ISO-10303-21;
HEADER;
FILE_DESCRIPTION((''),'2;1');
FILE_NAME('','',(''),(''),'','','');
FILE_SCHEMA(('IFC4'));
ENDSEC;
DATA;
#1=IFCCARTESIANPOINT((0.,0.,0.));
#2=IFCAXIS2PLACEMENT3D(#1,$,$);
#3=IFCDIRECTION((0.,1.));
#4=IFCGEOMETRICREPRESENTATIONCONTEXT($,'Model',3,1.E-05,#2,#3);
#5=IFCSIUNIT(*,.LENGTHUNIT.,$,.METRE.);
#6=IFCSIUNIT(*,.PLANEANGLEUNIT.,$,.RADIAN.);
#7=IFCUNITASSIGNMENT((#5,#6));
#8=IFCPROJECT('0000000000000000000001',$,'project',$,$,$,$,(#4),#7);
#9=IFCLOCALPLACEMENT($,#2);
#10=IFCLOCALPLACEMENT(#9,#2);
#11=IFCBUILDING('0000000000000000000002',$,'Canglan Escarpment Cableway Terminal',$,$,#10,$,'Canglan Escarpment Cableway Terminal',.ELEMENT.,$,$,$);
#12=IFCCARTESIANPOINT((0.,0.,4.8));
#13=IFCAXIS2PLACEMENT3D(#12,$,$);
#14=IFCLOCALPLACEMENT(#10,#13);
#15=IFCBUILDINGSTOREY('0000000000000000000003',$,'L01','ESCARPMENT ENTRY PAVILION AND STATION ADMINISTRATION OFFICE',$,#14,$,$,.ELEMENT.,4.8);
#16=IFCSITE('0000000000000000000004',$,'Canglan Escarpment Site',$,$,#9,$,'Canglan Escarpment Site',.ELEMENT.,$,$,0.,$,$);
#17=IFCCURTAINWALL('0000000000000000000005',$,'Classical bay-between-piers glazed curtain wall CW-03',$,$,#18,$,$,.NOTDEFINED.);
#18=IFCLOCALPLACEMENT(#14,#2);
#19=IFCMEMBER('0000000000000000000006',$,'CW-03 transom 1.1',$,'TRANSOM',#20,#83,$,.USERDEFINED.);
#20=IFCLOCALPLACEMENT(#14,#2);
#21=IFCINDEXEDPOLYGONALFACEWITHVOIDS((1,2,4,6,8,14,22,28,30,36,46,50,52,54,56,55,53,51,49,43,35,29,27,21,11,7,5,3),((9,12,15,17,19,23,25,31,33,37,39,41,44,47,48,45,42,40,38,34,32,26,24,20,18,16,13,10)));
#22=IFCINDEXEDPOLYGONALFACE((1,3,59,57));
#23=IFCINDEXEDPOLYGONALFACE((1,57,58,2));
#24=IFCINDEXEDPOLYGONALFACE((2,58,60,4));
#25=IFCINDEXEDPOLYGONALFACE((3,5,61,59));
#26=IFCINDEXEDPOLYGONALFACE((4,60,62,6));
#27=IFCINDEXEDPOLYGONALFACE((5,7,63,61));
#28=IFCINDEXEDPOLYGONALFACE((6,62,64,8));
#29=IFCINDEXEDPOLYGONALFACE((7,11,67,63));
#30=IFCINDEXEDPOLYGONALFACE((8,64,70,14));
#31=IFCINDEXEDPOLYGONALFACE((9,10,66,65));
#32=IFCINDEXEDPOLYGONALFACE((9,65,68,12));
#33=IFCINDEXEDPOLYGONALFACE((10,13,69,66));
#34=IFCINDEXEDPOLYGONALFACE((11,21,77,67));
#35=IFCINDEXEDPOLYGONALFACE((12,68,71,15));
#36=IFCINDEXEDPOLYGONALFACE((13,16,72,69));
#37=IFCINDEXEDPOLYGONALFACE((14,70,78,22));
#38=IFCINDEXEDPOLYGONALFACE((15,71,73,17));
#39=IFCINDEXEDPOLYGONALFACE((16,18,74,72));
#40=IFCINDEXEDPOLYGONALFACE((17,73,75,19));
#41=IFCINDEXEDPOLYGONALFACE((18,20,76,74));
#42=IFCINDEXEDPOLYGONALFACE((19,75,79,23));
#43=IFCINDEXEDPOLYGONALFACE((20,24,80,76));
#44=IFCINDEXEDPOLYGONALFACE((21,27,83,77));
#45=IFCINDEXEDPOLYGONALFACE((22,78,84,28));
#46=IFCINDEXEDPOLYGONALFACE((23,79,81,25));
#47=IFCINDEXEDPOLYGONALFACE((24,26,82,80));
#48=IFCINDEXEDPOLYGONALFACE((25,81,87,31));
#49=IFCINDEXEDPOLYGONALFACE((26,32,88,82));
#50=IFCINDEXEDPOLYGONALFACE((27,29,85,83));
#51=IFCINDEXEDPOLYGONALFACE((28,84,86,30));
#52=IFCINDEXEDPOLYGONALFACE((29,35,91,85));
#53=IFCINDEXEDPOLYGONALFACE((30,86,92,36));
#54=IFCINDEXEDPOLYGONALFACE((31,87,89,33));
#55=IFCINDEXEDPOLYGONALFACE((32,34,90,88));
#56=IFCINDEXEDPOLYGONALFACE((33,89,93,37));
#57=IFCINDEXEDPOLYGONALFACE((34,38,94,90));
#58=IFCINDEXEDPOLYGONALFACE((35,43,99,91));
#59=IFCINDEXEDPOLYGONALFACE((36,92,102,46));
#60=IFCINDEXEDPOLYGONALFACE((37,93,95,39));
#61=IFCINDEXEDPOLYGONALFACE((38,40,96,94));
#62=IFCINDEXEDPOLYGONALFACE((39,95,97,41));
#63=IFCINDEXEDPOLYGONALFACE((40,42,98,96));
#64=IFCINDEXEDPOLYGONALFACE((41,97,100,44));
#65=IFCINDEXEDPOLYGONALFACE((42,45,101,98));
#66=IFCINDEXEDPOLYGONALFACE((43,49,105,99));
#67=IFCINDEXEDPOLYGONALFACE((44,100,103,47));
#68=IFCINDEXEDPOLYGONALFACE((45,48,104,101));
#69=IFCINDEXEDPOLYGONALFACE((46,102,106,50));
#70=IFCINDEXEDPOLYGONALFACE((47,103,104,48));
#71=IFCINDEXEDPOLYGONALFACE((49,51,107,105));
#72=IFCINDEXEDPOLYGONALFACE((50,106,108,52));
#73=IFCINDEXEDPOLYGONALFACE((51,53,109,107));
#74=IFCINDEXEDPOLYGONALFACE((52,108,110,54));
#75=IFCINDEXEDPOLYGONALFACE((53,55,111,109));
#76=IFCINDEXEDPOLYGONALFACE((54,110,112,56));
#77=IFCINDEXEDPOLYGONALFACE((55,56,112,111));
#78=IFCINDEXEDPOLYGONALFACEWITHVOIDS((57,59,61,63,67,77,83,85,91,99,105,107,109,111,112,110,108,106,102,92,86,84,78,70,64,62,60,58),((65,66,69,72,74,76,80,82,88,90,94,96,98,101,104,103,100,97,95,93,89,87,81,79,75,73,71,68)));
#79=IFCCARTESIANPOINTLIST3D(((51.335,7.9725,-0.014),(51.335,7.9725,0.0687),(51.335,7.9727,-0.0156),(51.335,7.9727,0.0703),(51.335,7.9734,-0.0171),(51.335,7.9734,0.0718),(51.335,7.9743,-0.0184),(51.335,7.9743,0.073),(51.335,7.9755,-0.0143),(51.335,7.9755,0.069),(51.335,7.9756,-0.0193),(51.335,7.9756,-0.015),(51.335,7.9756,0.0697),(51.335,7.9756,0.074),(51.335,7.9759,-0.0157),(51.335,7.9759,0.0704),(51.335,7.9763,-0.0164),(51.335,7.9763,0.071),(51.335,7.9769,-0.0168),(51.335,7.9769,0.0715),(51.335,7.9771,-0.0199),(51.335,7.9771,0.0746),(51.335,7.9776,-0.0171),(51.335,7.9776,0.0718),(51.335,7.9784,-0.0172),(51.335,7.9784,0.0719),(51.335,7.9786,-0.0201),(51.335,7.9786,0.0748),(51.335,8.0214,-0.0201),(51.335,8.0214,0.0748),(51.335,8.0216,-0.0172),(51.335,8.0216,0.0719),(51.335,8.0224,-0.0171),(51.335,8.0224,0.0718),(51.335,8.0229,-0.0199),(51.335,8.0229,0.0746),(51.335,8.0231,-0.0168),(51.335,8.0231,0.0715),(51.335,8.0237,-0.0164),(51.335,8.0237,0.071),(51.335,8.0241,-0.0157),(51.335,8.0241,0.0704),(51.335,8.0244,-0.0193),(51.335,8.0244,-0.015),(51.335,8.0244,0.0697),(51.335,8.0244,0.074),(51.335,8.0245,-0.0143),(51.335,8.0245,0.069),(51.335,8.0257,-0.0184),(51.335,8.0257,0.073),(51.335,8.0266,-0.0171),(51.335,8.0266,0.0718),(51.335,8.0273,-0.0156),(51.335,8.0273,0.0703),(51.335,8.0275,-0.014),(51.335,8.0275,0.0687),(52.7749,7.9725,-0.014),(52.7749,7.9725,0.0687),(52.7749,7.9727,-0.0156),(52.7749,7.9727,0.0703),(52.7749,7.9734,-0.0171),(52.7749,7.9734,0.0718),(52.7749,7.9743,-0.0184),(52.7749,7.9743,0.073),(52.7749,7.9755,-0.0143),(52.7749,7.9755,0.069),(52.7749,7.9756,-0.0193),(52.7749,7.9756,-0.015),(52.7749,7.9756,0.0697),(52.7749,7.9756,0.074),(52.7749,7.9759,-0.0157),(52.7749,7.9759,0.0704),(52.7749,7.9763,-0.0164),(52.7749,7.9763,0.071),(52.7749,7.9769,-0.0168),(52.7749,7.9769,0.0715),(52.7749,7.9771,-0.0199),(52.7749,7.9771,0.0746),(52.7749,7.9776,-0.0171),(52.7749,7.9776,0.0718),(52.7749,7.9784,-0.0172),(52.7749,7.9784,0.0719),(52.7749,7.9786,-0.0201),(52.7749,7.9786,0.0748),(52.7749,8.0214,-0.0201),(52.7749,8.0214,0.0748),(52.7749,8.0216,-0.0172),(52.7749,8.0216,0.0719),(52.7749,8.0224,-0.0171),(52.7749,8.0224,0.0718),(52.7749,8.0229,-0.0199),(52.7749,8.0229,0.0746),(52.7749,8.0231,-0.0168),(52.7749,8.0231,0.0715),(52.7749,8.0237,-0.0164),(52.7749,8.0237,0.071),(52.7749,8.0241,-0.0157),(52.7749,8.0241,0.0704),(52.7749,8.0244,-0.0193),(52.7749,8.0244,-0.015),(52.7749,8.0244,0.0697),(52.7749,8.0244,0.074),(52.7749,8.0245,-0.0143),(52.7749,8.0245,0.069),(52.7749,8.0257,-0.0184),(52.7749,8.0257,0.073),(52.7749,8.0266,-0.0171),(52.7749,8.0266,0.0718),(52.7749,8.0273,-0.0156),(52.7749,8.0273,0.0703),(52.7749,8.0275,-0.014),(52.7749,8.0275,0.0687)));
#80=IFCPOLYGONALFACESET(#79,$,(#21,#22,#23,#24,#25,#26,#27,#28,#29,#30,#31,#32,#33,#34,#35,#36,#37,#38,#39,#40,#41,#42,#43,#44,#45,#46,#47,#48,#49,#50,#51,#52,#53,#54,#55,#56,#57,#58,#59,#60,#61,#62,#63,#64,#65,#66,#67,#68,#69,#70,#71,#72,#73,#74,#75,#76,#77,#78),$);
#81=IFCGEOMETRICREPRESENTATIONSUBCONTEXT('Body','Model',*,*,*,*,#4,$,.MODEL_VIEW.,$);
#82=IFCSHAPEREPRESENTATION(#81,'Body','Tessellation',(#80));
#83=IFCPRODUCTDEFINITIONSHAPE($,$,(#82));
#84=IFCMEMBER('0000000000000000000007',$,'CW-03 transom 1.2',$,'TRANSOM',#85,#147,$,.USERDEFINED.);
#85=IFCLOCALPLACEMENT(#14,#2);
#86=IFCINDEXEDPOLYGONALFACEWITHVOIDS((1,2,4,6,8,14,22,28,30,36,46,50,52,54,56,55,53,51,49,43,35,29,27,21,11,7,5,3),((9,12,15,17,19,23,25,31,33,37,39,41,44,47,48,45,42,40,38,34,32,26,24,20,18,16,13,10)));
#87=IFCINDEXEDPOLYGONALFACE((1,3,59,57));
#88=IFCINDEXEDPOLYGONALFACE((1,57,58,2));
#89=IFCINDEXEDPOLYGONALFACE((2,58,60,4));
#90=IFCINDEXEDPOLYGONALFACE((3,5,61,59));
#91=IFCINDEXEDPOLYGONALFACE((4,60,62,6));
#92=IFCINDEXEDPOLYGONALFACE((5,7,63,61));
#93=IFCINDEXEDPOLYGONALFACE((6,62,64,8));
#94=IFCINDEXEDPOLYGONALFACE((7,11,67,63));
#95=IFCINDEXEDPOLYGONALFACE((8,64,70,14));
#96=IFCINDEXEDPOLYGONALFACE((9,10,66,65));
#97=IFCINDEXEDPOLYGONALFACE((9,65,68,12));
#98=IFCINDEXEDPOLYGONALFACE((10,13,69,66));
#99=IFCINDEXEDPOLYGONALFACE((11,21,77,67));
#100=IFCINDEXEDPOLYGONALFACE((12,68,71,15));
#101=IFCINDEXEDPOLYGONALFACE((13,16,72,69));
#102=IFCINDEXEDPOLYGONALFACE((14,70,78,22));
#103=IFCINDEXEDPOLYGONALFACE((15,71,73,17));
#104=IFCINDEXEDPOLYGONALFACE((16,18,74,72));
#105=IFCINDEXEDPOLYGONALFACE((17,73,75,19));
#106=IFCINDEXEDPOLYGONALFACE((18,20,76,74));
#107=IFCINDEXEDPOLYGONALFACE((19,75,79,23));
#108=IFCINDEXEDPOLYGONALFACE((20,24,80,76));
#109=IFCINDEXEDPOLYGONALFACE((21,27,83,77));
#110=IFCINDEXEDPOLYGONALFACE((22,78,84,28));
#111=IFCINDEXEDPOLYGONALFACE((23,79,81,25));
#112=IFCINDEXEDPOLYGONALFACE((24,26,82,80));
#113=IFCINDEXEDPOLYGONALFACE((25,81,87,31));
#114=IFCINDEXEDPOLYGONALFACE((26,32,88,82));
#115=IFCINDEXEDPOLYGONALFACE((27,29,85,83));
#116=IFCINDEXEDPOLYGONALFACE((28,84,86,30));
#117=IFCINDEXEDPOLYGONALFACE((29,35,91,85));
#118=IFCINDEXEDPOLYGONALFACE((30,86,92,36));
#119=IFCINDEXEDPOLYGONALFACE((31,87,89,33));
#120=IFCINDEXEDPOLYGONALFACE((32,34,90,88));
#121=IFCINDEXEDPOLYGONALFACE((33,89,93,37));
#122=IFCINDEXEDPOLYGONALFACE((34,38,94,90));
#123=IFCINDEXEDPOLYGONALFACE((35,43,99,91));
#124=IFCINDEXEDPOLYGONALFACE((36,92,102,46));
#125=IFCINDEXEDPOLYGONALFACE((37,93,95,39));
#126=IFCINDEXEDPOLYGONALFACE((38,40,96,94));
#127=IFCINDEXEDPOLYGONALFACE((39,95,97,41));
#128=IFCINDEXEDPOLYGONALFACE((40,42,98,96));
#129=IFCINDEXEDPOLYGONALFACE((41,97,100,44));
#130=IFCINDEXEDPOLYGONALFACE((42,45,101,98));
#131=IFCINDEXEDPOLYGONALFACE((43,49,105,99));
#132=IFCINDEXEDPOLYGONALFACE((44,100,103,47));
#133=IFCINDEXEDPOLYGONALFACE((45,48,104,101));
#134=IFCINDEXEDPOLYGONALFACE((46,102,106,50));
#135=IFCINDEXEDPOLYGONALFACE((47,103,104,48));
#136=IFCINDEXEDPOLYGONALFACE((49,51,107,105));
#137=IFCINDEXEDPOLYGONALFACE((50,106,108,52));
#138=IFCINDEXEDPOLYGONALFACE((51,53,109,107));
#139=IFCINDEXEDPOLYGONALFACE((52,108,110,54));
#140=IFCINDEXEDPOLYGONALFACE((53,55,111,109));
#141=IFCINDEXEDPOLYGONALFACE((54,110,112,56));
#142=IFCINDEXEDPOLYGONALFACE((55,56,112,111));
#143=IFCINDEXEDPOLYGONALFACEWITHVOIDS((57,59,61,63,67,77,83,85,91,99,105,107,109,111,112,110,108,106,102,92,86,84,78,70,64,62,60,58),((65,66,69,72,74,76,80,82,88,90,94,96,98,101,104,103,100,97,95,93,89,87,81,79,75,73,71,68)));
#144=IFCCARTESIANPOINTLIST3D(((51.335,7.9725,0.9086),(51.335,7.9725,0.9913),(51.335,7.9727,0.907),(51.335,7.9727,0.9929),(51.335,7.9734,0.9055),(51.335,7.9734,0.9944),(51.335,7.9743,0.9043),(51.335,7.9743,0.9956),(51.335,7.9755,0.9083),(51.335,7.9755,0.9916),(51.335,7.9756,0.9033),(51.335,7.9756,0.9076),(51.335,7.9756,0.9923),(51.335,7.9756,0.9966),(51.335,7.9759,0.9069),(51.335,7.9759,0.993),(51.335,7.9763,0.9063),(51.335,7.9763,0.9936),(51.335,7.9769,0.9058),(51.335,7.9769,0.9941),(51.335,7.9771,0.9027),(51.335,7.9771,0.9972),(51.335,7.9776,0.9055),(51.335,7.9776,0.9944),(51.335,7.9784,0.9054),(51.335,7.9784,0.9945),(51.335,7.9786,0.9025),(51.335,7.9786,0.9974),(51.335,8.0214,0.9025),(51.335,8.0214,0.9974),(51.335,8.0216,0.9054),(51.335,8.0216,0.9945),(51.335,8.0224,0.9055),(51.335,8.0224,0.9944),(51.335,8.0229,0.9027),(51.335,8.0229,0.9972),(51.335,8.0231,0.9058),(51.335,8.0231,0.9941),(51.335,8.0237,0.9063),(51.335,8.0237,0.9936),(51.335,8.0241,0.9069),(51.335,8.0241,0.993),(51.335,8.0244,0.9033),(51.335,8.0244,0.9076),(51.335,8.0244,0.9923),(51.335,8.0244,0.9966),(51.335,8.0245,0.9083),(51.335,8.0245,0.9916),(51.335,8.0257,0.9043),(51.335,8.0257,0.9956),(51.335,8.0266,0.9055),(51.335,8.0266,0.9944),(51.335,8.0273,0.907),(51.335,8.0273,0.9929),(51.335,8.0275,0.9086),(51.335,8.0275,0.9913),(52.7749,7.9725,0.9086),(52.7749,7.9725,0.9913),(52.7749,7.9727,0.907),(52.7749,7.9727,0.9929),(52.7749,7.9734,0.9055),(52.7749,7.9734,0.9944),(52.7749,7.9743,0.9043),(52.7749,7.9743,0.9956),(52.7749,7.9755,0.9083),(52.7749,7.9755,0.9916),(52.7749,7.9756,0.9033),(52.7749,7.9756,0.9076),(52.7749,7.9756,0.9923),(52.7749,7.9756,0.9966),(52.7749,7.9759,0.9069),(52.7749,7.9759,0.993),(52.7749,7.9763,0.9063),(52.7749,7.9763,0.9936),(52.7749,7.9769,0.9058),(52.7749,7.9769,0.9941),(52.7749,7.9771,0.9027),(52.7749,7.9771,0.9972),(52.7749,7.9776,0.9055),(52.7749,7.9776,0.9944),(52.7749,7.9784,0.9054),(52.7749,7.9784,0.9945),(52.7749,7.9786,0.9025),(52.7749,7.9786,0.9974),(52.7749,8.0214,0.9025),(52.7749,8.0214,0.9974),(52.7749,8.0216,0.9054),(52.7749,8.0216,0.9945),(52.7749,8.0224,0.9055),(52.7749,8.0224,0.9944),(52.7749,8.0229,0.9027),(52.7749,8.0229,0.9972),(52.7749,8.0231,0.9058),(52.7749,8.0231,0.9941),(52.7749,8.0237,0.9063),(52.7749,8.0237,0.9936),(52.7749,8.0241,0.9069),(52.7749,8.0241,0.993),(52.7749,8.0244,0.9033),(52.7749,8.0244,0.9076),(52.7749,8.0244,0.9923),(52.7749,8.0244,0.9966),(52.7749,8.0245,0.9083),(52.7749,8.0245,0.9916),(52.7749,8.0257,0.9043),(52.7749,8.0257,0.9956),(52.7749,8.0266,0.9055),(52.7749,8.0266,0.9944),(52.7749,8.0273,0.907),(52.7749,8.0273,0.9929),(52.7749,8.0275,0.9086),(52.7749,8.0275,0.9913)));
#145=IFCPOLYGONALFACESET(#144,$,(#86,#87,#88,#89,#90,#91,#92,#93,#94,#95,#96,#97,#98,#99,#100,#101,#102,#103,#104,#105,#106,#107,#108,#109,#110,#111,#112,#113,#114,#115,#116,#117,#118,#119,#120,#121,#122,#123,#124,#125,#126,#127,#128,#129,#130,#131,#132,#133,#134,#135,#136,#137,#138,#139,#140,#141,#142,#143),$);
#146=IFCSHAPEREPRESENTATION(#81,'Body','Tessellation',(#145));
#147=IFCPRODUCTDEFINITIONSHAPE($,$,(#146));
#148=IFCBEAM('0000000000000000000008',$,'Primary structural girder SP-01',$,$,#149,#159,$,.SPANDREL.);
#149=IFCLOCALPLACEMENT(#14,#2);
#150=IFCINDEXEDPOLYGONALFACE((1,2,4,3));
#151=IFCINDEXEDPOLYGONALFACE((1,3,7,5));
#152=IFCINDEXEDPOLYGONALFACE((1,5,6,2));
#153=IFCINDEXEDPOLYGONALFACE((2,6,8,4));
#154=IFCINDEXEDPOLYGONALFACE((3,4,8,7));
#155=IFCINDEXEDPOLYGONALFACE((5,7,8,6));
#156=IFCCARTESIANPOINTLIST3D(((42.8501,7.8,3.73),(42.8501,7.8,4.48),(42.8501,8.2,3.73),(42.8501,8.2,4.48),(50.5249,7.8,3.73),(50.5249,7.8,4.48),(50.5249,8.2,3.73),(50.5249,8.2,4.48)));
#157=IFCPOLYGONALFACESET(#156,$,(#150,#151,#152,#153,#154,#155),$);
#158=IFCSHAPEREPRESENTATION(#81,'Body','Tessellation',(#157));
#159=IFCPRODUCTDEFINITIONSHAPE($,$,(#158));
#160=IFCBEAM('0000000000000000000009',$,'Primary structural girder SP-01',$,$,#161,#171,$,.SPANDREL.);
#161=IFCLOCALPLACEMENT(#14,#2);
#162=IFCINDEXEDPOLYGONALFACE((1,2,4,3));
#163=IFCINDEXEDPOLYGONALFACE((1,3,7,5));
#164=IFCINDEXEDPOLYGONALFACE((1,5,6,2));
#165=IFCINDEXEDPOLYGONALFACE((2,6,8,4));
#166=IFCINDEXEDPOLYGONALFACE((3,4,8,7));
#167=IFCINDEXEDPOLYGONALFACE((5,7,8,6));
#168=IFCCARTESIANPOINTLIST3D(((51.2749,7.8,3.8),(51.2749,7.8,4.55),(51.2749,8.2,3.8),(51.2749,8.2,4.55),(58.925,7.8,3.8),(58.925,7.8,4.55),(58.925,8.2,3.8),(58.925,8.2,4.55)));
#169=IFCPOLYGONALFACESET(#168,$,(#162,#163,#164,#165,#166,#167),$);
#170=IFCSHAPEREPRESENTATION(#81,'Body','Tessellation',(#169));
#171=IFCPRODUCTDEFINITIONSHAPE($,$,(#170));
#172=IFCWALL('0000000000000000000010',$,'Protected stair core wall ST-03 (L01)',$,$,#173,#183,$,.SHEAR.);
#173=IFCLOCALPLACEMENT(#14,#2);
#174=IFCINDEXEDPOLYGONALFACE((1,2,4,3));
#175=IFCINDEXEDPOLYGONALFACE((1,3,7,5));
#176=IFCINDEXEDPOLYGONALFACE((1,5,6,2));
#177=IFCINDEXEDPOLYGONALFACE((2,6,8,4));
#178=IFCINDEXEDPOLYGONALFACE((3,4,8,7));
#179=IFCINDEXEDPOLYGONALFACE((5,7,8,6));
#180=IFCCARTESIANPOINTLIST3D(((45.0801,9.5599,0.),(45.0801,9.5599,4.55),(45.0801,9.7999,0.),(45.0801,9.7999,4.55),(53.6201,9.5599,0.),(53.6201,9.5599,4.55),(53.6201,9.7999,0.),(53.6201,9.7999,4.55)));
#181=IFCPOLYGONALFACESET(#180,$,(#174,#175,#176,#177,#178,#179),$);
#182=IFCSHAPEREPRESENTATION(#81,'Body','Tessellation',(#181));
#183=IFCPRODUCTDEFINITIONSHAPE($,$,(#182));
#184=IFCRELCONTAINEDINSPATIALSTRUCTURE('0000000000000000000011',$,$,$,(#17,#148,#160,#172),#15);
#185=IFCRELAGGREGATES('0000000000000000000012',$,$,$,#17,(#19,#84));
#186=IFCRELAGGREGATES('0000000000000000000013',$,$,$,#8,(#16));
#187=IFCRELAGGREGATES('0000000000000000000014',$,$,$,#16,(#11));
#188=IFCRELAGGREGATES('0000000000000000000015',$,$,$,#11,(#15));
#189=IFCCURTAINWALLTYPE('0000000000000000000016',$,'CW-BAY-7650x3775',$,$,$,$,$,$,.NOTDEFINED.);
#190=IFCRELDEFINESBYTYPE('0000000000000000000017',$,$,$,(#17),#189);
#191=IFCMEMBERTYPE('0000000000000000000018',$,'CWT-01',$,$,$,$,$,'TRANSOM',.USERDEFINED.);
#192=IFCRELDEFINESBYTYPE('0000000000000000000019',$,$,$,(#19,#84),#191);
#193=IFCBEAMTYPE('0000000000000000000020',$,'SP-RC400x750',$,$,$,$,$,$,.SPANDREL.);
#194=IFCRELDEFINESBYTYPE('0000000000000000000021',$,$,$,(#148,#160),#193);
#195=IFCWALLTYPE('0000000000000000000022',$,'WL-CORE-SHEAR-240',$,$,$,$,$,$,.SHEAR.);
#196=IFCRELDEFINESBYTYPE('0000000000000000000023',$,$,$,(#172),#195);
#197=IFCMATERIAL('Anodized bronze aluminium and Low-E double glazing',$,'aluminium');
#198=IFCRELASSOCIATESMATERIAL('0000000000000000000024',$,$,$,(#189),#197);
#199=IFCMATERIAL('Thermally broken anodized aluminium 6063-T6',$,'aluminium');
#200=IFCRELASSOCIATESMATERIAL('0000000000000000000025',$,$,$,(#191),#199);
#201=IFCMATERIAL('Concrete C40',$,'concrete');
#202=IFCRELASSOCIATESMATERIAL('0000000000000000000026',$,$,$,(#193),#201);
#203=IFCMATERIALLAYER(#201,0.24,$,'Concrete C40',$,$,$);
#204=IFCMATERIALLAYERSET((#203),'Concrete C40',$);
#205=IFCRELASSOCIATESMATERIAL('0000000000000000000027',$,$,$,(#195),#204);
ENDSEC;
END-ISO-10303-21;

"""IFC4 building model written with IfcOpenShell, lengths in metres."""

from ifc_helpers import new_model, si_unit, direction, frame, frame_2d, origin, origin_2d, place, context, subcontext, project, spatial, rectangle, hollow_rectangle, extrude, material, layer, layer_set, material_profile, profile_set, type_object, element, aggregate, save


model = new_model("IFC4")

# Units and contexts
model_context = context("Model", 3, precision=1e-05, world=origin(), true_north=direction((0.0, 1.0)))
body_context = subcontext(model_context, "Body", "Model", "MODEL_VIEW")
ifc_project = project(units=[si_unit("LENGTHUNIT", "METRE"), si_unit("PLANEANGLEUNIT", "RADIAN")], contexts=[model_context])

# Site, building, storey
site_placement = place(None, origin())
site = spatial("IfcSite", under=ifc_project, at=site_placement, Name="Canglan Escarpment Site", LongName="Canglan Escarpment Site", CompositionType="ELEMENT", RefElevation=0.0)
building_placement = place(site_placement, origin())
building = spatial("IfcBuilding", under=site, at=building_placement, Name="Canglan Escarpment Cableway Terminal", LongName="Canglan Escarpment Cableway Terminal", CompositionType="ELEMENT")
storey_placement = place(building_placement, frame((0.0, 0.0, 4.8)))
storey = spatial("IfcBuildingStorey", under=building, at=storey_placement, Name="L01", Description="ESCARPMENT ENTRY PAVILION AND STATION ADMINISTRATION OFFICE", CompositionType="ELEMENT", Elevation=4.8)

# Shared definitions
ifc_material_1 = material(Name="Concrete C40", Category="concrete")

# Curtain wall, members
ifc_material_2 = material(Name="Anodized bronze aluminium and Low-E double glazing", Category="aluminium")
curtain_wall_type = type_object("IfcCurtainWallType", Name="CW-BAY-7650x3775", PredefinedType="NOTDEFINED", material=ifc_material_2)
curtain_wall_placement = place(storey_placement, origin())
curtain_wall = element("IfcCurtainWall", 1, at=curtain_wall_placement, inside=storey, type_object=curtain_wall_type, Name="Classical bay-between-piers glazed curtain wall CW-03", PredefinedType="NOTDEFINED")
ifc_material_3 = material(Name="Thermally broken anodized aluminium 6063-T6", Category="aluminium")
ifc_material_profile_1 = material_profile(ifc_material_3, hollow_rectangle(XDim=0.0549, YDim=0.095, WallThickness=0.0029, InnerFilletRadius=0.0029, OuterFilletRadius=0.0061, at=origin_2d()), Name="ALU-TRAN 55x95x3")
ifc_profile_set_1 = profile_set([ifc_material_profile_1], Name="Thermally broken anodized aluminium 6063-T6")
member_type_1 = type_object("IfcMemberType", Name="CWT-01", ElementType="TRANSOM", PredefinedType="USERDEFINED", material=ifc_profile_set_1)
member_1_placement = place(storey_placement, frame((51.335, 8.0, 0.0273), z_axis=(1.0, 0.0, 0.0), x_axis=(0.0, 1.0, 0.0)))
member_1 = element("IfcMember", 2, at=member_1_placement, type_object=member_type_1, Name="CW-03 transom 1.1", ObjectType="TRANSOM", PredefinedType="USERDEFINED", context=body_context, shape_type="SweptSolid", body=[
    extrude(hollow_rectangle(XDim=0.0549, YDim=0.095, WallThickness=0.0029, InnerFilletRadius=0.0029, OuterFilletRadius=0.0061, at=origin_2d()), origin(), (0.0, 0.0, 1.0), 1.4399),
])
member_2_placement = place(storey_placement, frame((51.335, 8.0, 0.95), z_axis=(1.0, 0.0, 0.0), x_axis=(0.0, 1.0, 0.0)))
member_2 = element("IfcMember", 3, at=member_2_placement, type_object=member_type_1, Name="CW-03 transom 1.2", ObjectType="TRANSOM", PredefinedType="USERDEFINED", context=body_context, shape_type="SweptSolid", body=[
    extrude(hollow_rectangle(XDim=0.0549, YDim=0.095, WallThickness=0.0029, InnerFilletRadius=0.0029, OuterFilletRadius=0.0061, at=origin_2d()), origin(), (0.0, 0.0, 1.0), 1.4399),
])
aggregate(curtain_wall, [member_1, member_2])

# Beams
ifc_material_profile_2 = material_profile(ifc_material_1, rectangle(XDim=0.3999, YDim=0.75, at=origin_2d()), Name="RC 400x750")
ifc_profile_set_2 = profile_set([ifc_material_profile_2], Name="Concrete C40")
beam_type_1 = type_object("IfcBeamType", Name="SP-RC400x750", PredefinedType="SPANDREL", material=ifc_profile_set_2)
beam_1_placement = place(storey_placement, frame((42.8501, 8.0, 4.105), z_axis=(1.0, 0.0, 0.0), x_axis=(0.0, 1.0, 0.0)))
element("IfcBeam", 4, at=beam_1_placement, inside=storey, type_object=beam_type_1, Name="Primary structural girder SP-01", PredefinedType="SPANDREL", context=body_context, shape_type="SweptSolid", body=[
    extrude(rectangle(XDim=0.3999, YDim=0.75, at=origin_2d()), origin(), (0.0, 0.0, 1.0), 7.6748),
])
beam_2_placement = place(storey_placement, frame((51.2749, 8.0, 4.175), z_axis=(1.0, 0.0, 0.0), x_axis=(0.0, 1.0, 0.0)))
element("IfcBeam", 5, at=beam_2_placement, inside=storey, type_object=beam_type_1, Name="Primary structural girder SP-01", PredefinedType="SPANDREL", context=body_context, shape_type="SweptSolid", body=[
    extrude(rectangle(XDim=0.3999, YDim=0.75, at=origin_2d()), origin(), (0.0, 0.0, 1.0), 7.6501),
])

# Wall
ifc_layer_1 = layer(ifc_material_1, 0.24, Name="Concrete C40")
ifc_layer_set_1 = layer_set([ifc_layer_1], Name="Concrete C40")
wall_type_1 = type_object("IfcWallType", Name="WL-CORE-SHEAR-240", PredefinedType="SHEAR", material=ifc_layer_set_1)
wall_1_placement = place(storey_placement, frame((45.0801, 9.6799, 0.0), z_axis=(0.0, 0.0, 1.0), x_axis=(1.0, 0.0, 0.0)))
element("IfcWall", 6, at=wall_1_placement, inside=storey, type_object=wall_type_1, Name="Protected stair core wall ST-03 (L01)", PredefinedType="SHEAR", context=body_context, shape_type="SweptSolid", body=[
    extrude(rectangle(XDim=8.54, YDim=0.24, at=frame_2d((4.27, 0.0))), origin(), (0.0, 0.0, 1.0), 4.55),
])

save(model, "model.ifc")
